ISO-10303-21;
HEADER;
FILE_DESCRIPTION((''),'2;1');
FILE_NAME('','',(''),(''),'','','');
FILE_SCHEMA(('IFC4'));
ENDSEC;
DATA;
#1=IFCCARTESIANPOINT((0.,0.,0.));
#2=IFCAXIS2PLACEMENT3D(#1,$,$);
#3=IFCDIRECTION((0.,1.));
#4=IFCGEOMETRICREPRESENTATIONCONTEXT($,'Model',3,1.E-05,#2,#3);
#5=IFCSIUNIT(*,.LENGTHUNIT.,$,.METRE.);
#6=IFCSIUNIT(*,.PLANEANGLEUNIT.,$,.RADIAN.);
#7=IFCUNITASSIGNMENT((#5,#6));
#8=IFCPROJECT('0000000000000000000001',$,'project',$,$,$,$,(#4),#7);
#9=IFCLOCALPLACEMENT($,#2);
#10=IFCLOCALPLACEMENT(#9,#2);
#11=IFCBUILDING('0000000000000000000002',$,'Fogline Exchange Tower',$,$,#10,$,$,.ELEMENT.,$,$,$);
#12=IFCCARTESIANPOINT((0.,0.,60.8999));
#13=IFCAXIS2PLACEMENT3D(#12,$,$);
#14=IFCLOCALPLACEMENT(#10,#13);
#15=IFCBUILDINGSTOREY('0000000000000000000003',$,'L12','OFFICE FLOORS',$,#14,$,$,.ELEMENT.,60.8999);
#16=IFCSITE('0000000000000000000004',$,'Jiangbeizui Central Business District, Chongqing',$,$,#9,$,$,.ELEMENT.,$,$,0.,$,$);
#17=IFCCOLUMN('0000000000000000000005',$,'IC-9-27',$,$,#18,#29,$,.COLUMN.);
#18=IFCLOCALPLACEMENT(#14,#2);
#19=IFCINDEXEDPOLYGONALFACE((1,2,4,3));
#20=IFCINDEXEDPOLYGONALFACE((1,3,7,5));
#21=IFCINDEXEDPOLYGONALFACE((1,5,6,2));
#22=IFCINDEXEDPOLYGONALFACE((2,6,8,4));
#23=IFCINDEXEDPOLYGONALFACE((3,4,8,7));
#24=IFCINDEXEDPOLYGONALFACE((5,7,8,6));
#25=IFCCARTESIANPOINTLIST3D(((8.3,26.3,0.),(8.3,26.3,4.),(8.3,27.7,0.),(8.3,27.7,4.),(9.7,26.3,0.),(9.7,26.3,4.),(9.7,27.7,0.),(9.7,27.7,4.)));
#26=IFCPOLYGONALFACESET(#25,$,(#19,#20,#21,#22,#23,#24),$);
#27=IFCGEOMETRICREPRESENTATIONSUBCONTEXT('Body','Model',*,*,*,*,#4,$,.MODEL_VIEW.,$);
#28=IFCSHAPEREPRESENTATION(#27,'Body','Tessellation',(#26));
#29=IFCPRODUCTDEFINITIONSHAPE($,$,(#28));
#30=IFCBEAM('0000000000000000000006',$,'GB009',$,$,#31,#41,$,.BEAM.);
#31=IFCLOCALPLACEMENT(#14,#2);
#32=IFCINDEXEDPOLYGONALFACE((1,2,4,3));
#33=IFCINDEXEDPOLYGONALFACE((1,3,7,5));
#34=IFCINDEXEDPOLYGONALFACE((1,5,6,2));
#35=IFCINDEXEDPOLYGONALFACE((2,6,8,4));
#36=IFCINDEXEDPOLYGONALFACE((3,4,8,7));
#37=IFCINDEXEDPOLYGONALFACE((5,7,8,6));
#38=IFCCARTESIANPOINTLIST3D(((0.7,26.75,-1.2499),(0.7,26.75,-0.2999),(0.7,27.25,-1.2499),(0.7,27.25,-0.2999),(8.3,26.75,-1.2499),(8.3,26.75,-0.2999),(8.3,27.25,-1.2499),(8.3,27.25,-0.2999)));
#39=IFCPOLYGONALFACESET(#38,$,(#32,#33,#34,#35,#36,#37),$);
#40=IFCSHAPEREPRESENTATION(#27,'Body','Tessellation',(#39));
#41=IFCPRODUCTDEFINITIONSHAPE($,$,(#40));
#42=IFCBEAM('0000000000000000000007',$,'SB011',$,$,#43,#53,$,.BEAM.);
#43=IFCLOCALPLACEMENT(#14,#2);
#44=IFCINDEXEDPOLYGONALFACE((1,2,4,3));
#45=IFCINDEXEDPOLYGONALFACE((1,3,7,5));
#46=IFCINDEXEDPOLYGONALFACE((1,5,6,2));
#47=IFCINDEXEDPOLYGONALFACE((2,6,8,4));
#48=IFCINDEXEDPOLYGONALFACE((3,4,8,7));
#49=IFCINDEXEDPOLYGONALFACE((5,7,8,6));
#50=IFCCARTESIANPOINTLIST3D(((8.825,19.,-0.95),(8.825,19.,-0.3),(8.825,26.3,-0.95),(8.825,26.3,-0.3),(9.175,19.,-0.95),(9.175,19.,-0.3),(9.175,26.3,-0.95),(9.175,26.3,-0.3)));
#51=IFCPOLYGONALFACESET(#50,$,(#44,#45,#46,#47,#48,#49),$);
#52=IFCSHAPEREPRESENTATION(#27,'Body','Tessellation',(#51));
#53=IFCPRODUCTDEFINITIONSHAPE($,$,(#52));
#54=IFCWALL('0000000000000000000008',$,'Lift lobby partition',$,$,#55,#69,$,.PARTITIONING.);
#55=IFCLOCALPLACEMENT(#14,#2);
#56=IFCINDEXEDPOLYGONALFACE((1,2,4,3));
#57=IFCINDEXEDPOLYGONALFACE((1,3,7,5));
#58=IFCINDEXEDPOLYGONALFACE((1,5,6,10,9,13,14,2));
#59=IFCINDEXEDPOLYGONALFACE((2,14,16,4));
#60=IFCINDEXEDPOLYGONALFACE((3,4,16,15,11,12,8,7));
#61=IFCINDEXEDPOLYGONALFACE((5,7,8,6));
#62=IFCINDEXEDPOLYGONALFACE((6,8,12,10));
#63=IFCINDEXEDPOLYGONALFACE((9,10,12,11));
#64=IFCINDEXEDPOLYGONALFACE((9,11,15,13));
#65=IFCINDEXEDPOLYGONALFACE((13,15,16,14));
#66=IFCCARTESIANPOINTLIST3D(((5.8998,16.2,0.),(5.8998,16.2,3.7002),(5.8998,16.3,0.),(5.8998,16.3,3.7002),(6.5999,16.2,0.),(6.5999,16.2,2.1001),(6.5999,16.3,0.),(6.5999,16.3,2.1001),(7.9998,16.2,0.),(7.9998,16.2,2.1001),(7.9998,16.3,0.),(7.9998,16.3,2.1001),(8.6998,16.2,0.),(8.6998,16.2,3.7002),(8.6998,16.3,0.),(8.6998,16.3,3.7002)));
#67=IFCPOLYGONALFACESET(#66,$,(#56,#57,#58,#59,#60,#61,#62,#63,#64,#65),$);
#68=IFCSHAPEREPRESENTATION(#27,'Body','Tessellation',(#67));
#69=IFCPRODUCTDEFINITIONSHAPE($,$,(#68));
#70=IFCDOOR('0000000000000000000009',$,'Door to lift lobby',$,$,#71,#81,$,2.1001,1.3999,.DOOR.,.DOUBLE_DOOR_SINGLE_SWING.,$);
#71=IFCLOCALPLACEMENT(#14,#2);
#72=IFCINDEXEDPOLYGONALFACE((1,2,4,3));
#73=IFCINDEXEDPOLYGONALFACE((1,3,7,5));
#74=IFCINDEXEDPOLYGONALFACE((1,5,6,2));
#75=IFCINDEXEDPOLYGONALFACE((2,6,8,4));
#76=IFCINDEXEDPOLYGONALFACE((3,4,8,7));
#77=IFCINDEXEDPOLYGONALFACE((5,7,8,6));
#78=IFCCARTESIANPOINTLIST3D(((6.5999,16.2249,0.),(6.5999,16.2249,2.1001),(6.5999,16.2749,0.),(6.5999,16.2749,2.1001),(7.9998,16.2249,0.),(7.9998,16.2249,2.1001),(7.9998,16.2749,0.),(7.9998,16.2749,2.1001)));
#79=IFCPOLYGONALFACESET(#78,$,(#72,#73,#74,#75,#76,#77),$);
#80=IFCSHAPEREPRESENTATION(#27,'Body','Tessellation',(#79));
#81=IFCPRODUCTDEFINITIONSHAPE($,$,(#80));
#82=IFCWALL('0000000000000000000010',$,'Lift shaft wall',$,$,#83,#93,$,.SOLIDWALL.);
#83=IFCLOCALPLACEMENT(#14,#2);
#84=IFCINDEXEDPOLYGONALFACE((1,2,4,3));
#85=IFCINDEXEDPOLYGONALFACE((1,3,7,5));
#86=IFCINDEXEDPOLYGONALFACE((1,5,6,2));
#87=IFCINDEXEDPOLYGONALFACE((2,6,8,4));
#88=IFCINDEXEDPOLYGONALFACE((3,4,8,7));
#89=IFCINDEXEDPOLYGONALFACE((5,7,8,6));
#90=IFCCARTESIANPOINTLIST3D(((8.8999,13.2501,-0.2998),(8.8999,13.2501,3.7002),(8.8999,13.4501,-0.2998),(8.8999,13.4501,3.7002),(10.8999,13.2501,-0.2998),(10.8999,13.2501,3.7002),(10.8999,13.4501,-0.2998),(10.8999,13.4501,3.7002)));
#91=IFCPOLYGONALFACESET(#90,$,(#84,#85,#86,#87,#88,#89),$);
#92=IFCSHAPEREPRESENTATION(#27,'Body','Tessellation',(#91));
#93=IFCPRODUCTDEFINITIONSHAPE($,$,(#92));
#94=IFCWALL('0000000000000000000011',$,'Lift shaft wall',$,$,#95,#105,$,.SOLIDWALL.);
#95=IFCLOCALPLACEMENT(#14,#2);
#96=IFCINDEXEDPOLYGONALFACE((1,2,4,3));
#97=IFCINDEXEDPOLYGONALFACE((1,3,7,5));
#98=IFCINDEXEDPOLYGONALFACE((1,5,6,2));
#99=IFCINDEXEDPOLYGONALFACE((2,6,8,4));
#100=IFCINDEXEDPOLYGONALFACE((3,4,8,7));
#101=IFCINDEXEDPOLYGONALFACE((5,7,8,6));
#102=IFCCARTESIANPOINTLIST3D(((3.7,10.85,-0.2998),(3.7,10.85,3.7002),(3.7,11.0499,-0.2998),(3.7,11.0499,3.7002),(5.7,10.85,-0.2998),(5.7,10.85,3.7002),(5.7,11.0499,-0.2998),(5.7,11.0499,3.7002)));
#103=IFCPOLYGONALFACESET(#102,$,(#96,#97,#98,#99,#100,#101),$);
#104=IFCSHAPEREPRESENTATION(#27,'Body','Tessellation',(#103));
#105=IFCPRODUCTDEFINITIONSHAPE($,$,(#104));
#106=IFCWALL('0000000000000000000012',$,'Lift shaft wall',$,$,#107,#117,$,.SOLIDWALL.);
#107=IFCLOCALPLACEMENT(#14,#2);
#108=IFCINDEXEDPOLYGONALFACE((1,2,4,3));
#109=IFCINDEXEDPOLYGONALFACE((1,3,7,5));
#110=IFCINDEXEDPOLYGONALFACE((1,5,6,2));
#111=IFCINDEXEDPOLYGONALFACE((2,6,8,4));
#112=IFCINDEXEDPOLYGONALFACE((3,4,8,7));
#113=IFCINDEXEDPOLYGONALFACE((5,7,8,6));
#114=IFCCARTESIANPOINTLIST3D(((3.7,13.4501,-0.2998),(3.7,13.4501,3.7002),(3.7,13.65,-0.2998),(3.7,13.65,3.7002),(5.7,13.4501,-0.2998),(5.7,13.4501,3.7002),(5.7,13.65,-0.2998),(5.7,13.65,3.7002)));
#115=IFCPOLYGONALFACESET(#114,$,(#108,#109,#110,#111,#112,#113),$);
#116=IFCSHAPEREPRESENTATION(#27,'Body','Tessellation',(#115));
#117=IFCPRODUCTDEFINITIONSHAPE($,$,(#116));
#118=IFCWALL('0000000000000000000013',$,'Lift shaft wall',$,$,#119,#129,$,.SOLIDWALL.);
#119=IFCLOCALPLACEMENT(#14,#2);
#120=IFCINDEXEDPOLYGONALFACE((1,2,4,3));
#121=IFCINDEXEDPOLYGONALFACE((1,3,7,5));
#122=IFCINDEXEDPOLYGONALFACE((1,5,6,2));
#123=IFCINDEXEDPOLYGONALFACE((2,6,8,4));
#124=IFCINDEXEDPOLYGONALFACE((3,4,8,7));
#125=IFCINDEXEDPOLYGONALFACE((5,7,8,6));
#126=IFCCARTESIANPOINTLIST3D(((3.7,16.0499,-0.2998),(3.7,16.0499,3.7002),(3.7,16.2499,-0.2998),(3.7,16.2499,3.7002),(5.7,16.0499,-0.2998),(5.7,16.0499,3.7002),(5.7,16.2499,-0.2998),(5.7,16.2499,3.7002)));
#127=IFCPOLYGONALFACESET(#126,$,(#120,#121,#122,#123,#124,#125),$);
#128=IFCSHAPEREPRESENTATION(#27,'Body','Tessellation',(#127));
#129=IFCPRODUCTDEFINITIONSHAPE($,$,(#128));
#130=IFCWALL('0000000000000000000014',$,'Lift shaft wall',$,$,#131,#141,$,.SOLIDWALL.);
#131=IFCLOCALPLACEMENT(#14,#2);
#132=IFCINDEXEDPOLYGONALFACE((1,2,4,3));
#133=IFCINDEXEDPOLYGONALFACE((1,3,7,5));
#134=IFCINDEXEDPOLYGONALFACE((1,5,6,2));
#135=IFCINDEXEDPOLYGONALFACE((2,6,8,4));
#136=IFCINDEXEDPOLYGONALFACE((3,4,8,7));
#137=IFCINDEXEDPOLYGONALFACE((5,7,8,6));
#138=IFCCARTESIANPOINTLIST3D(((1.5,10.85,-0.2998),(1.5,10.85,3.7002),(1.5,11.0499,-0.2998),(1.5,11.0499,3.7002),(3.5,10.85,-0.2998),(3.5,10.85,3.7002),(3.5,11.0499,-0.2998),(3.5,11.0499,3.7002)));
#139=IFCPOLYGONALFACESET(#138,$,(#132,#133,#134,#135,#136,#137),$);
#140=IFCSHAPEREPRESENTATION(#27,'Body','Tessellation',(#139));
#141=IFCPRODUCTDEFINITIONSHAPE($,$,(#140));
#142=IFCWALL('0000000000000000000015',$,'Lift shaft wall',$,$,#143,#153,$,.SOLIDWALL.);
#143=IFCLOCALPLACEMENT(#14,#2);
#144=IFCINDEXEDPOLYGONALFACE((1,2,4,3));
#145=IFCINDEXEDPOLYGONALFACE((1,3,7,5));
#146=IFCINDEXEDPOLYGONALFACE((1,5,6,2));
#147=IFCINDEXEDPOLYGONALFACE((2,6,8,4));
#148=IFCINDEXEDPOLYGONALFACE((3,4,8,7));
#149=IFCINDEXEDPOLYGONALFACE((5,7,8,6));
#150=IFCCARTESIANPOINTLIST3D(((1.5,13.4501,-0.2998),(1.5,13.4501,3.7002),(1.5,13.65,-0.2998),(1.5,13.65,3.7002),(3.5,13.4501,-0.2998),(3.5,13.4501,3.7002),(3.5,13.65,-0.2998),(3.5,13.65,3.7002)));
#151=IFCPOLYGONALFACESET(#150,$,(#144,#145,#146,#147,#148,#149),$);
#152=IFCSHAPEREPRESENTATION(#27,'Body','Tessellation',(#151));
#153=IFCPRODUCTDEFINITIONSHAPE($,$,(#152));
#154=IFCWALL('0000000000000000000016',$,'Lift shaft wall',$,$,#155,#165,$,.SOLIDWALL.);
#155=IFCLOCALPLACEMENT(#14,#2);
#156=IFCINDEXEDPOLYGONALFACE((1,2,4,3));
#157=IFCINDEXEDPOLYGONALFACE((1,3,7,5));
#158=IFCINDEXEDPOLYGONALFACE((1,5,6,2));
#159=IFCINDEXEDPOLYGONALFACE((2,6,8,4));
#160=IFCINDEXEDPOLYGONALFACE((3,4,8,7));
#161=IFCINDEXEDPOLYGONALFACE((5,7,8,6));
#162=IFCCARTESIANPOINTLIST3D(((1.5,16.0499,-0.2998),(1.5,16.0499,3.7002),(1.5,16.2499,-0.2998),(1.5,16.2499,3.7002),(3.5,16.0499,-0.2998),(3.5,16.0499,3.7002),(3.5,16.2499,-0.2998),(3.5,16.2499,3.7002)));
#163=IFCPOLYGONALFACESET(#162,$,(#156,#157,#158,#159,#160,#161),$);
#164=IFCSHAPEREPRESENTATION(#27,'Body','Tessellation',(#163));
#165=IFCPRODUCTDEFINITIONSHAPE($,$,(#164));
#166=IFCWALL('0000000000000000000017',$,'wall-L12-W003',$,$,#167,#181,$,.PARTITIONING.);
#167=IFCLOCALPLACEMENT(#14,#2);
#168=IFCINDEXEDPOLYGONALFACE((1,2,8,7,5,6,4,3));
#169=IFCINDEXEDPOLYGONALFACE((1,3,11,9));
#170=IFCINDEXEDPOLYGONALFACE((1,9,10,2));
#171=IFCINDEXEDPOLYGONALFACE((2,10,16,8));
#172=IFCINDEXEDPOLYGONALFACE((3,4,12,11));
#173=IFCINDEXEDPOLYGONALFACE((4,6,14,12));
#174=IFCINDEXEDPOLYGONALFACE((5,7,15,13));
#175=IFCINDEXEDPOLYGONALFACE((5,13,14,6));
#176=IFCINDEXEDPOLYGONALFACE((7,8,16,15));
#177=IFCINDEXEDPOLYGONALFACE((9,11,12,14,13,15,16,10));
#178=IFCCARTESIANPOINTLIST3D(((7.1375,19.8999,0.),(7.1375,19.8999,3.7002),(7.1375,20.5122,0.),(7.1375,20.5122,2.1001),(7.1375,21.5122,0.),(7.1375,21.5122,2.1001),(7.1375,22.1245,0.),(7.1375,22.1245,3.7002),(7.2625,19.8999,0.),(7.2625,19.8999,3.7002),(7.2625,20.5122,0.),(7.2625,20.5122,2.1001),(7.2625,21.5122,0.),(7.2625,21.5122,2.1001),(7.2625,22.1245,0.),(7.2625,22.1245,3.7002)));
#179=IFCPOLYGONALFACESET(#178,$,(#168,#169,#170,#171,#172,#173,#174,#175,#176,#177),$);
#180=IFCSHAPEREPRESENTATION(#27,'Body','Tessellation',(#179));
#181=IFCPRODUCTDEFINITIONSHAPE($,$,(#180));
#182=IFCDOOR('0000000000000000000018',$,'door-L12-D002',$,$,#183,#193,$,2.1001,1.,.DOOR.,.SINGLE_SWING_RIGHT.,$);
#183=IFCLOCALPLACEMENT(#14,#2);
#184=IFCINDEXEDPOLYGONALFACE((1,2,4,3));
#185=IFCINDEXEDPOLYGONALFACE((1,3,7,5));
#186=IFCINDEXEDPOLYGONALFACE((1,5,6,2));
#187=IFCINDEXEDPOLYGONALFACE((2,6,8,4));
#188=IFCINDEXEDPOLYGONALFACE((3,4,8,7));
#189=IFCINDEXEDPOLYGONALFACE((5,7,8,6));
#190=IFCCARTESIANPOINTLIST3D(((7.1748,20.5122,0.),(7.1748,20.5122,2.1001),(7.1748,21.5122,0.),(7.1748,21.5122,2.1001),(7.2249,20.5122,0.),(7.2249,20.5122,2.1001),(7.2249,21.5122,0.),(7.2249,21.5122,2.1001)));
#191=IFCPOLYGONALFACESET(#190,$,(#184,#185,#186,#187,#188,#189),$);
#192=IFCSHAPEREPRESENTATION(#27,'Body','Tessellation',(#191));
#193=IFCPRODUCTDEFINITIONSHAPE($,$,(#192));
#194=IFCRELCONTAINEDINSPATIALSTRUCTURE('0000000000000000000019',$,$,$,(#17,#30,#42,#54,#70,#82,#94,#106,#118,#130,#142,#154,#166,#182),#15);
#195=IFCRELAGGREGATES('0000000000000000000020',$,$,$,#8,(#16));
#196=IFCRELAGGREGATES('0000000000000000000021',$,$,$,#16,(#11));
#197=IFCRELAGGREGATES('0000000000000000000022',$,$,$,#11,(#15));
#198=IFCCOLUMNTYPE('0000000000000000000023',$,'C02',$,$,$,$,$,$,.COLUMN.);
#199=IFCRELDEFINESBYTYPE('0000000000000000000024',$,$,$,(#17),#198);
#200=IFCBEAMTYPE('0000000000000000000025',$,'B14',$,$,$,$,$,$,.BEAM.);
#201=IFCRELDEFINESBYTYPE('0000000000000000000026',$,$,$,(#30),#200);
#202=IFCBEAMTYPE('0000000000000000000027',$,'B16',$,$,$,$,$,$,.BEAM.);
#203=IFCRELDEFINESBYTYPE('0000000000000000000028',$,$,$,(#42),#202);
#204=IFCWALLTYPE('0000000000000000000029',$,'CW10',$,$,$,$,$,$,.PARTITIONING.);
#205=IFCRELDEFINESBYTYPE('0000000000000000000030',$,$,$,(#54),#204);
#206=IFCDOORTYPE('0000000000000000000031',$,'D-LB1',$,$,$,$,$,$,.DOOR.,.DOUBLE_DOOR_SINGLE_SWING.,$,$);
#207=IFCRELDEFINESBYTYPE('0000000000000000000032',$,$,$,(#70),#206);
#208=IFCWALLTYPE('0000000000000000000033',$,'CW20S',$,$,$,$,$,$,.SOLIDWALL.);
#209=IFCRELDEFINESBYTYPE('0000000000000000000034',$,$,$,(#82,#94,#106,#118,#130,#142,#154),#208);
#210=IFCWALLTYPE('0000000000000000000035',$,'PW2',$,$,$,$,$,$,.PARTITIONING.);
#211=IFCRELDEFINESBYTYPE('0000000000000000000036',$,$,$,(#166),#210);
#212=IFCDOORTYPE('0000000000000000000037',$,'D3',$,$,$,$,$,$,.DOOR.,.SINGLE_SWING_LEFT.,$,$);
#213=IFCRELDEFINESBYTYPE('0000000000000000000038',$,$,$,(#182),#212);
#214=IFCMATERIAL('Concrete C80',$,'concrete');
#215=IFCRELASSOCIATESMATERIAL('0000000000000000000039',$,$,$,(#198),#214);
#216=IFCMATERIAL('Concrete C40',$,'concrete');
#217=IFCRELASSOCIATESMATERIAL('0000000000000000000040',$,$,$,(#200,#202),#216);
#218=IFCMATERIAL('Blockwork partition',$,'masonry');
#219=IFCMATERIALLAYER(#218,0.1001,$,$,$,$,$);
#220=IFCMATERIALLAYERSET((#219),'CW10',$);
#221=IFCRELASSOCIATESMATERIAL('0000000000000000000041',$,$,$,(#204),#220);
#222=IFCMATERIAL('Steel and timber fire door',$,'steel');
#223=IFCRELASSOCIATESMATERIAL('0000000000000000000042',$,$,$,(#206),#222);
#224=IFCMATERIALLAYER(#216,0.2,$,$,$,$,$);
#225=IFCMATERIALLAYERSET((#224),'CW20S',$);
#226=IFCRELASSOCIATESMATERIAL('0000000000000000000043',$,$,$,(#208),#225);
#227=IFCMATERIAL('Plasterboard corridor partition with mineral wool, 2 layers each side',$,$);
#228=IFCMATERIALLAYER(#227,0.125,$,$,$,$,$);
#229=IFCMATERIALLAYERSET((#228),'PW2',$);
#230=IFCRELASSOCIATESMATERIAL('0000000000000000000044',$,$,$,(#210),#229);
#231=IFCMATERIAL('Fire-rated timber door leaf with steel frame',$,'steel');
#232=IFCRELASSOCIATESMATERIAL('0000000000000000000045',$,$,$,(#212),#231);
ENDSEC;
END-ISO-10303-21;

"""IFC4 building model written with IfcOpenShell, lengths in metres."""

from ifc_helpers import new_model, si_unit, direction, frame, frame_2d, origin, origin_2d, place, context, subcontext, project, spatial, rectangle, extrude, material, layer, layer_set, material_profile, profile_set, type_object, element, fill, save


model = new_model("IFC4")

# Units and contexts
model_context = context("Model", 3, precision=1e-05, world=origin(), true_north=direction((0.0, 1.0)))
body_context = subcontext(model_context, "Body", "Model", "MODEL_VIEW")
ifc_project = project(units=[si_unit("LENGTHUNIT", "METRE"), si_unit("PLANEANGLEUNIT", "RADIAN")], contexts=[model_context])

# Site, building, storey
site_placement = place(None, origin())
site = spatial("IfcSite", under=ifc_project, at=site_placement, Name="Jiangbeizui Central Business District, Chongqing", CompositionType="ELEMENT", RefElevation=0.0)
building_placement = place(site_placement, origin())
building = spatial("IfcBuilding", under=site, at=building_placement, Name="Fogline Exchange Tower", CompositionType="ELEMENT")
storey_placement = place(building_placement, frame((0.0, 0.0, 60.8999)))
storey = spatial("IfcBuildingStorey", under=building, at=storey_placement, Name="L12", Description="OFFICE FLOORS", CompositionType="ELEMENT", Elevation=60.8999)

# Column
ifc_material_1 = material(Name="Concrete C80", Category="concrete")
ifc_material_profile_1 = material_profile(ifc_material_1, rectangle(XDim=1.3999, YDim=1.3999, at=origin_2d()), Name="RC 1400x1400")
ifc_profile_set_1 = profile_set([ifc_material_profile_1], Name="Concrete C80")
column_type = type_object("IfcColumnType", Name="C02", PredefinedType="COLUMN", material=ifc_profile_set_1)
column_placement = place(storey_placement, frame((9.0, 27.0, 0.0), z_axis=(0.0, 0.0, 1.0), x_axis=(1.0, 0.0, 0.0)))
element("IfcColumn", 1, at=column_placement, inside=storey, type_object=column_type, Name="IC-9-27", PredefinedType="COLUMN", context=body_context, shape_type="SweptSolid", body=[
    extrude(rectangle(XDim=1.3999, YDim=1.3999, at=origin_2d()), origin(), (0.0, 0.0, 1.0), 4.0),
])

# Beams
ifc_material_2 = material(Name="Concrete C40", Category="concrete")
ifc_material_profile_2 = material_profile(ifc_material_2, rectangle(XDim=0.5, YDim=0.95, at=origin_2d()), Name="RC 500x950")
ifc_profile_set_2 = profile_set([ifc_material_profile_2], Name="Concrete C40")
beam_type_1 = type_object("IfcBeamType", Name="B14", PredefinedType="BEAM", material=ifc_profile_set_2)
beam_1_placement = place(storey_placement, frame((0.7, 27.0, -0.7749), z_axis=(1.0, 0.0, 0.0), x_axis=(0.0, 1.0, 0.0)))
element("IfcBeam", 2, at=beam_1_placement, inside=storey, type_object=beam_type_1, Name="GB009", PredefinedType="BEAM", context=body_context, shape_type="SweptSolid", body=[
    extrude(rectangle(XDim=0.5, YDim=0.95, at=origin_2d()), origin(), (0.0, 0.0, 1.0), 7.6001),
])
ifc_material_profile_3 = material_profile(ifc_material_2, rectangle(XDim=0.3501, YDim=0.6499, at=origin_2d()), Name="RC 350x650")
ifc_profile_set_3 = profile_set([ifc_material_profile_3], Name="Concrete C40")
beam_type_2 = type_object("IfcBeamType", Name="B16", PredefinedType="BEAM", material=ifc_profile_set_3)
beam_2_placement = place(storey_placement, frame((9.0, 19.0, -0.625), z_axis=(0.0, 1.0, 0.0), x_axis=(-1.0, 0.0, 0.0)))
element("IfcBeam", 3, at=beam_2_placement, inside=storey, type_object=beam_type_2, Name="SB011", PredefinedType="BEAM", context=body_context, shape_type="SweptSolid", body=[
    extrude(rectangle(XDim=0.3501, YDim=0.6499, at=origin_2d()), origin(), (0.0, 0.0, 1.0), 7.3),
])

# Wall, opening, door
ifc_material_3 = material(Name="Blockwork partition", Category="masonry")
ifc_layer_1 = layer(ifc_material_3, 0.1001)
ifc_layer_set_1 = layer_set([ifc_layer_1], Name="CW10")
wall_type_1 = type_object("IfcWallType", Name="CW10", PredefinedType="PARTITIONING", material=ifc_layer_set_1)
wall_1_placement = place(storey_placement, frame((5.8999, 16.25, 0.0), z_axis=(0.0, 0.0, 1.0), x_axis=(1.0, 0.0, 0.0)))
wall_1 = element("IfcWall", 4, at=wall_1_placement, inside=storey, type_object=wall_type_1, Name="Lift lobby partition", PredefinedType="PARTITIONING", context=body_context, shape_type="SweptSolid", body=[
    extrude(rectangle(XDim=2.8, YDim=0.1001, at=frame_2d((1.3999, 0.0))), origin(), (0.0, 0.0, 1.0), 3.7002),
])
opening_1_placement = place(wall_1_placement, frame((0.7, 0.0, 0.0)))
opening_1 = element("IfcOpeningElement", 5, at=opening_1_placement, cuts=wall_1, PredefinedType="OPENING", context=body_context, shape_type="SweptSolid", body=[
    extrude(rectangle(XDim=1.3999, YDim=2.1001, at=frame_2d((0.7, 1.05))), frame((0.0, 0.0601, 0.0), z_axis=(0.0, -1.0, 0.0), x_axis=(1.0, 0.0, 0.0)), (0.0, 0.0, 1.0), 0.1201),
])
ifc_material_4 = material(Name="Steel and timber fire door", Category="steel")
door_type_1 = type_object("IfcDoorType", Name="D-LB1", OperationType="DOUBLE_DOOR_SINGLE_SWING", PredefinedType="DOOR", material=ifc_material_4)
door_1_placement = place(opening_1_placement, origin())
door_1 = element("IfcDoor", 6, at=door_1_placement, inside=storey, type_object=door_type_1, Name="Door to lift lobby", OperationType="DOUBLE_DOOR_SINGLE_SWING", OverallHeight=2.1001, OverallWidth=1.3999, PredefinedType="DOOR", context=body_context, shape_type="SweptSolid", body=[
    extrude(rectangle(XDim=1.3999, YDim=2.1001, at=frame_2d((0.7, 1.05))), frame((0.0, 0.0249, 0.0), z_axis=(0.0, -1.0, 0.0), x_axis=(1.0, 0.0, 0.0)), (0.0, 0.0, 1.0), 0.05),
])
fill(opening_1, door_1)

# Walls
ifc_layer_2 = layer(ifc_material_2, 0.2)
ifc_layer_set_2 = layer_set([ifc_layer_2], Name="CW20S")
wall_type_2 = type_object("IfcWallType", Name="CW20S", PredefinedType="SOLIDWALL", material=ifc_layer_set_2)
for number, where, z_axis, x_axis, name in (
    (7, (8.8999, 13.3501, -0.2998), (0.0, 0.0, 1.0), (1.0, 0.0, 0.0), "Lift shaft wall"),
    (8, (3.7, 10.95, -0.2998), (0.0, 0.0, 1.0), (1.0, 0.0, 0.0), "Lift shaft wall"),
    (9, (3.7, 13.55, -0.2998), (0.0, 0.0, 1.0), (1.0, 0.0, 0.0), "Lift shaft wall"),
    (10, (3.7, 16.1499, -0.2998), (0.0, 0.0, 1.0), (1.0, 0.0, 0.0), "Lift shaft wall"),
    (11, (1.5, 10.95, -0.2998), (0.0, 0.0, 1.0), (1.0, 0.0, 0.0), "Lift shaft wall"),
    (12, (1.5, 13.55, -0.2998), (0.0, 0.0, 1.0), (1.0, 0.0, 0.0), "Lift shaft wall"),
    (13, (1.5, 16.1499, -0.2998), (0.0, 0.0, 1.0), (1.0, 0.0, 0.0), "Lift shaft wall"),
):
    element("IfcWall", number, at=place(storey_placement, frame(where, z_axis=z_axis, x_axis=x_axis)), inside=storey, type_object=wall_type_2, Name=name, PredefinedType="SOLIDWALL", context=body_context, shape_type="SweptSolid", body=[
        extrude(rectangle(XDim=2.0, YDim=0.2, at=frame_2d((1.0, 0.0))), origin(), (0.0, 0.0, 1.0), 4.0),
    ])

# Wall, opening, door
ifc_material_5 = material(Name="Plasterboard corridor partition with mineral wool, 2 layers each side")
ifc_layer_3 = layer(ifc_material_5, 0.125)
ifc_layer_set_3 = layer_set([ifc_layer_3], Name="PW2")
wall_type_3 = type_object("IfcWallType", Name="PW2", PredefinedType="PARTITIONING", material=ifc_layer_set_3)
wall_2_placement = place(storey_placement, frame((7.2, 22.1245, 0.0), z_axis=(0.0, 0.0, 1.0), x_axis=(0.0, -1.0, 0.0)))
wall_2 = element("IfcWall", 14, at=wall_2_placement, inside=storey, type_object=wall_type_3, Name="wall-L12-W003", PredefinedType="PARTITIONING", context=body_context, shape_type="SweptSolid", body=[
    extrude(rectangle(XDim=2.2246, YDim=0.125, at=frame_2d((1.1123, 0.0))), origin(), (0.0, 0.0, 1.0), 3.7002),
])
opening_2_placement = place(wall_2_placement, frame((0.6123, 0.0, 0.0)))
opening_2 = element("IfcOpeningElement", 15, at=opening_2_placement, cuts=wall_2, PredefinedType="OPENING", context=body_context, shape_type="SweptSolid", body=[
    extrude(rectangle(XDim=1.0, YDim=2.1001, at=frame_2d((0.5, 1.05))), frame((0.0, 0.0725, 0.0), z_axis=(0.0, -1.0, 0.0), x_axis=(1.0, 0.0, 0.0)), (0.0, 0.0, 1.0), 0.145),
])
ifc_material_6 = material(Name="Fire-rated timber door leaf with steel frame", Category="steel")
door_type_2 = type_object("IfcDoorType", Name="D3", OperationType="SINGLE_SWING_LEFT", PredefinedType="DOOR", material=ifc_material_6)
door_2_placement = place(opening_2_placement, origin())
door_2 = element("IfcDoor", 16, at=door_2_placement, inside=storey, type_object=door_type_2, Name="door-L12-D002", OperationType="SINGLE_SWING_RIGHT", OverallHeight=2.1001, OverallWidth=1.0, PredefinedType="DOOR", context=body_context, shape_type="SweptSolid", body=[
    extrude(rectangle(XDim=1.0, YDim=2.1001, at=frame_2d((0.5, 1.05))), frame((0.0, 0.0249, 0.0), z_axis=(0.0, -1.0, 0.0), x_axis=(1.0, 0.0, 0.0)), (0.0, 0.0, 1.0), 0.05),
])
fill(opening_2, door_2)

save(model, "model.ifc")
